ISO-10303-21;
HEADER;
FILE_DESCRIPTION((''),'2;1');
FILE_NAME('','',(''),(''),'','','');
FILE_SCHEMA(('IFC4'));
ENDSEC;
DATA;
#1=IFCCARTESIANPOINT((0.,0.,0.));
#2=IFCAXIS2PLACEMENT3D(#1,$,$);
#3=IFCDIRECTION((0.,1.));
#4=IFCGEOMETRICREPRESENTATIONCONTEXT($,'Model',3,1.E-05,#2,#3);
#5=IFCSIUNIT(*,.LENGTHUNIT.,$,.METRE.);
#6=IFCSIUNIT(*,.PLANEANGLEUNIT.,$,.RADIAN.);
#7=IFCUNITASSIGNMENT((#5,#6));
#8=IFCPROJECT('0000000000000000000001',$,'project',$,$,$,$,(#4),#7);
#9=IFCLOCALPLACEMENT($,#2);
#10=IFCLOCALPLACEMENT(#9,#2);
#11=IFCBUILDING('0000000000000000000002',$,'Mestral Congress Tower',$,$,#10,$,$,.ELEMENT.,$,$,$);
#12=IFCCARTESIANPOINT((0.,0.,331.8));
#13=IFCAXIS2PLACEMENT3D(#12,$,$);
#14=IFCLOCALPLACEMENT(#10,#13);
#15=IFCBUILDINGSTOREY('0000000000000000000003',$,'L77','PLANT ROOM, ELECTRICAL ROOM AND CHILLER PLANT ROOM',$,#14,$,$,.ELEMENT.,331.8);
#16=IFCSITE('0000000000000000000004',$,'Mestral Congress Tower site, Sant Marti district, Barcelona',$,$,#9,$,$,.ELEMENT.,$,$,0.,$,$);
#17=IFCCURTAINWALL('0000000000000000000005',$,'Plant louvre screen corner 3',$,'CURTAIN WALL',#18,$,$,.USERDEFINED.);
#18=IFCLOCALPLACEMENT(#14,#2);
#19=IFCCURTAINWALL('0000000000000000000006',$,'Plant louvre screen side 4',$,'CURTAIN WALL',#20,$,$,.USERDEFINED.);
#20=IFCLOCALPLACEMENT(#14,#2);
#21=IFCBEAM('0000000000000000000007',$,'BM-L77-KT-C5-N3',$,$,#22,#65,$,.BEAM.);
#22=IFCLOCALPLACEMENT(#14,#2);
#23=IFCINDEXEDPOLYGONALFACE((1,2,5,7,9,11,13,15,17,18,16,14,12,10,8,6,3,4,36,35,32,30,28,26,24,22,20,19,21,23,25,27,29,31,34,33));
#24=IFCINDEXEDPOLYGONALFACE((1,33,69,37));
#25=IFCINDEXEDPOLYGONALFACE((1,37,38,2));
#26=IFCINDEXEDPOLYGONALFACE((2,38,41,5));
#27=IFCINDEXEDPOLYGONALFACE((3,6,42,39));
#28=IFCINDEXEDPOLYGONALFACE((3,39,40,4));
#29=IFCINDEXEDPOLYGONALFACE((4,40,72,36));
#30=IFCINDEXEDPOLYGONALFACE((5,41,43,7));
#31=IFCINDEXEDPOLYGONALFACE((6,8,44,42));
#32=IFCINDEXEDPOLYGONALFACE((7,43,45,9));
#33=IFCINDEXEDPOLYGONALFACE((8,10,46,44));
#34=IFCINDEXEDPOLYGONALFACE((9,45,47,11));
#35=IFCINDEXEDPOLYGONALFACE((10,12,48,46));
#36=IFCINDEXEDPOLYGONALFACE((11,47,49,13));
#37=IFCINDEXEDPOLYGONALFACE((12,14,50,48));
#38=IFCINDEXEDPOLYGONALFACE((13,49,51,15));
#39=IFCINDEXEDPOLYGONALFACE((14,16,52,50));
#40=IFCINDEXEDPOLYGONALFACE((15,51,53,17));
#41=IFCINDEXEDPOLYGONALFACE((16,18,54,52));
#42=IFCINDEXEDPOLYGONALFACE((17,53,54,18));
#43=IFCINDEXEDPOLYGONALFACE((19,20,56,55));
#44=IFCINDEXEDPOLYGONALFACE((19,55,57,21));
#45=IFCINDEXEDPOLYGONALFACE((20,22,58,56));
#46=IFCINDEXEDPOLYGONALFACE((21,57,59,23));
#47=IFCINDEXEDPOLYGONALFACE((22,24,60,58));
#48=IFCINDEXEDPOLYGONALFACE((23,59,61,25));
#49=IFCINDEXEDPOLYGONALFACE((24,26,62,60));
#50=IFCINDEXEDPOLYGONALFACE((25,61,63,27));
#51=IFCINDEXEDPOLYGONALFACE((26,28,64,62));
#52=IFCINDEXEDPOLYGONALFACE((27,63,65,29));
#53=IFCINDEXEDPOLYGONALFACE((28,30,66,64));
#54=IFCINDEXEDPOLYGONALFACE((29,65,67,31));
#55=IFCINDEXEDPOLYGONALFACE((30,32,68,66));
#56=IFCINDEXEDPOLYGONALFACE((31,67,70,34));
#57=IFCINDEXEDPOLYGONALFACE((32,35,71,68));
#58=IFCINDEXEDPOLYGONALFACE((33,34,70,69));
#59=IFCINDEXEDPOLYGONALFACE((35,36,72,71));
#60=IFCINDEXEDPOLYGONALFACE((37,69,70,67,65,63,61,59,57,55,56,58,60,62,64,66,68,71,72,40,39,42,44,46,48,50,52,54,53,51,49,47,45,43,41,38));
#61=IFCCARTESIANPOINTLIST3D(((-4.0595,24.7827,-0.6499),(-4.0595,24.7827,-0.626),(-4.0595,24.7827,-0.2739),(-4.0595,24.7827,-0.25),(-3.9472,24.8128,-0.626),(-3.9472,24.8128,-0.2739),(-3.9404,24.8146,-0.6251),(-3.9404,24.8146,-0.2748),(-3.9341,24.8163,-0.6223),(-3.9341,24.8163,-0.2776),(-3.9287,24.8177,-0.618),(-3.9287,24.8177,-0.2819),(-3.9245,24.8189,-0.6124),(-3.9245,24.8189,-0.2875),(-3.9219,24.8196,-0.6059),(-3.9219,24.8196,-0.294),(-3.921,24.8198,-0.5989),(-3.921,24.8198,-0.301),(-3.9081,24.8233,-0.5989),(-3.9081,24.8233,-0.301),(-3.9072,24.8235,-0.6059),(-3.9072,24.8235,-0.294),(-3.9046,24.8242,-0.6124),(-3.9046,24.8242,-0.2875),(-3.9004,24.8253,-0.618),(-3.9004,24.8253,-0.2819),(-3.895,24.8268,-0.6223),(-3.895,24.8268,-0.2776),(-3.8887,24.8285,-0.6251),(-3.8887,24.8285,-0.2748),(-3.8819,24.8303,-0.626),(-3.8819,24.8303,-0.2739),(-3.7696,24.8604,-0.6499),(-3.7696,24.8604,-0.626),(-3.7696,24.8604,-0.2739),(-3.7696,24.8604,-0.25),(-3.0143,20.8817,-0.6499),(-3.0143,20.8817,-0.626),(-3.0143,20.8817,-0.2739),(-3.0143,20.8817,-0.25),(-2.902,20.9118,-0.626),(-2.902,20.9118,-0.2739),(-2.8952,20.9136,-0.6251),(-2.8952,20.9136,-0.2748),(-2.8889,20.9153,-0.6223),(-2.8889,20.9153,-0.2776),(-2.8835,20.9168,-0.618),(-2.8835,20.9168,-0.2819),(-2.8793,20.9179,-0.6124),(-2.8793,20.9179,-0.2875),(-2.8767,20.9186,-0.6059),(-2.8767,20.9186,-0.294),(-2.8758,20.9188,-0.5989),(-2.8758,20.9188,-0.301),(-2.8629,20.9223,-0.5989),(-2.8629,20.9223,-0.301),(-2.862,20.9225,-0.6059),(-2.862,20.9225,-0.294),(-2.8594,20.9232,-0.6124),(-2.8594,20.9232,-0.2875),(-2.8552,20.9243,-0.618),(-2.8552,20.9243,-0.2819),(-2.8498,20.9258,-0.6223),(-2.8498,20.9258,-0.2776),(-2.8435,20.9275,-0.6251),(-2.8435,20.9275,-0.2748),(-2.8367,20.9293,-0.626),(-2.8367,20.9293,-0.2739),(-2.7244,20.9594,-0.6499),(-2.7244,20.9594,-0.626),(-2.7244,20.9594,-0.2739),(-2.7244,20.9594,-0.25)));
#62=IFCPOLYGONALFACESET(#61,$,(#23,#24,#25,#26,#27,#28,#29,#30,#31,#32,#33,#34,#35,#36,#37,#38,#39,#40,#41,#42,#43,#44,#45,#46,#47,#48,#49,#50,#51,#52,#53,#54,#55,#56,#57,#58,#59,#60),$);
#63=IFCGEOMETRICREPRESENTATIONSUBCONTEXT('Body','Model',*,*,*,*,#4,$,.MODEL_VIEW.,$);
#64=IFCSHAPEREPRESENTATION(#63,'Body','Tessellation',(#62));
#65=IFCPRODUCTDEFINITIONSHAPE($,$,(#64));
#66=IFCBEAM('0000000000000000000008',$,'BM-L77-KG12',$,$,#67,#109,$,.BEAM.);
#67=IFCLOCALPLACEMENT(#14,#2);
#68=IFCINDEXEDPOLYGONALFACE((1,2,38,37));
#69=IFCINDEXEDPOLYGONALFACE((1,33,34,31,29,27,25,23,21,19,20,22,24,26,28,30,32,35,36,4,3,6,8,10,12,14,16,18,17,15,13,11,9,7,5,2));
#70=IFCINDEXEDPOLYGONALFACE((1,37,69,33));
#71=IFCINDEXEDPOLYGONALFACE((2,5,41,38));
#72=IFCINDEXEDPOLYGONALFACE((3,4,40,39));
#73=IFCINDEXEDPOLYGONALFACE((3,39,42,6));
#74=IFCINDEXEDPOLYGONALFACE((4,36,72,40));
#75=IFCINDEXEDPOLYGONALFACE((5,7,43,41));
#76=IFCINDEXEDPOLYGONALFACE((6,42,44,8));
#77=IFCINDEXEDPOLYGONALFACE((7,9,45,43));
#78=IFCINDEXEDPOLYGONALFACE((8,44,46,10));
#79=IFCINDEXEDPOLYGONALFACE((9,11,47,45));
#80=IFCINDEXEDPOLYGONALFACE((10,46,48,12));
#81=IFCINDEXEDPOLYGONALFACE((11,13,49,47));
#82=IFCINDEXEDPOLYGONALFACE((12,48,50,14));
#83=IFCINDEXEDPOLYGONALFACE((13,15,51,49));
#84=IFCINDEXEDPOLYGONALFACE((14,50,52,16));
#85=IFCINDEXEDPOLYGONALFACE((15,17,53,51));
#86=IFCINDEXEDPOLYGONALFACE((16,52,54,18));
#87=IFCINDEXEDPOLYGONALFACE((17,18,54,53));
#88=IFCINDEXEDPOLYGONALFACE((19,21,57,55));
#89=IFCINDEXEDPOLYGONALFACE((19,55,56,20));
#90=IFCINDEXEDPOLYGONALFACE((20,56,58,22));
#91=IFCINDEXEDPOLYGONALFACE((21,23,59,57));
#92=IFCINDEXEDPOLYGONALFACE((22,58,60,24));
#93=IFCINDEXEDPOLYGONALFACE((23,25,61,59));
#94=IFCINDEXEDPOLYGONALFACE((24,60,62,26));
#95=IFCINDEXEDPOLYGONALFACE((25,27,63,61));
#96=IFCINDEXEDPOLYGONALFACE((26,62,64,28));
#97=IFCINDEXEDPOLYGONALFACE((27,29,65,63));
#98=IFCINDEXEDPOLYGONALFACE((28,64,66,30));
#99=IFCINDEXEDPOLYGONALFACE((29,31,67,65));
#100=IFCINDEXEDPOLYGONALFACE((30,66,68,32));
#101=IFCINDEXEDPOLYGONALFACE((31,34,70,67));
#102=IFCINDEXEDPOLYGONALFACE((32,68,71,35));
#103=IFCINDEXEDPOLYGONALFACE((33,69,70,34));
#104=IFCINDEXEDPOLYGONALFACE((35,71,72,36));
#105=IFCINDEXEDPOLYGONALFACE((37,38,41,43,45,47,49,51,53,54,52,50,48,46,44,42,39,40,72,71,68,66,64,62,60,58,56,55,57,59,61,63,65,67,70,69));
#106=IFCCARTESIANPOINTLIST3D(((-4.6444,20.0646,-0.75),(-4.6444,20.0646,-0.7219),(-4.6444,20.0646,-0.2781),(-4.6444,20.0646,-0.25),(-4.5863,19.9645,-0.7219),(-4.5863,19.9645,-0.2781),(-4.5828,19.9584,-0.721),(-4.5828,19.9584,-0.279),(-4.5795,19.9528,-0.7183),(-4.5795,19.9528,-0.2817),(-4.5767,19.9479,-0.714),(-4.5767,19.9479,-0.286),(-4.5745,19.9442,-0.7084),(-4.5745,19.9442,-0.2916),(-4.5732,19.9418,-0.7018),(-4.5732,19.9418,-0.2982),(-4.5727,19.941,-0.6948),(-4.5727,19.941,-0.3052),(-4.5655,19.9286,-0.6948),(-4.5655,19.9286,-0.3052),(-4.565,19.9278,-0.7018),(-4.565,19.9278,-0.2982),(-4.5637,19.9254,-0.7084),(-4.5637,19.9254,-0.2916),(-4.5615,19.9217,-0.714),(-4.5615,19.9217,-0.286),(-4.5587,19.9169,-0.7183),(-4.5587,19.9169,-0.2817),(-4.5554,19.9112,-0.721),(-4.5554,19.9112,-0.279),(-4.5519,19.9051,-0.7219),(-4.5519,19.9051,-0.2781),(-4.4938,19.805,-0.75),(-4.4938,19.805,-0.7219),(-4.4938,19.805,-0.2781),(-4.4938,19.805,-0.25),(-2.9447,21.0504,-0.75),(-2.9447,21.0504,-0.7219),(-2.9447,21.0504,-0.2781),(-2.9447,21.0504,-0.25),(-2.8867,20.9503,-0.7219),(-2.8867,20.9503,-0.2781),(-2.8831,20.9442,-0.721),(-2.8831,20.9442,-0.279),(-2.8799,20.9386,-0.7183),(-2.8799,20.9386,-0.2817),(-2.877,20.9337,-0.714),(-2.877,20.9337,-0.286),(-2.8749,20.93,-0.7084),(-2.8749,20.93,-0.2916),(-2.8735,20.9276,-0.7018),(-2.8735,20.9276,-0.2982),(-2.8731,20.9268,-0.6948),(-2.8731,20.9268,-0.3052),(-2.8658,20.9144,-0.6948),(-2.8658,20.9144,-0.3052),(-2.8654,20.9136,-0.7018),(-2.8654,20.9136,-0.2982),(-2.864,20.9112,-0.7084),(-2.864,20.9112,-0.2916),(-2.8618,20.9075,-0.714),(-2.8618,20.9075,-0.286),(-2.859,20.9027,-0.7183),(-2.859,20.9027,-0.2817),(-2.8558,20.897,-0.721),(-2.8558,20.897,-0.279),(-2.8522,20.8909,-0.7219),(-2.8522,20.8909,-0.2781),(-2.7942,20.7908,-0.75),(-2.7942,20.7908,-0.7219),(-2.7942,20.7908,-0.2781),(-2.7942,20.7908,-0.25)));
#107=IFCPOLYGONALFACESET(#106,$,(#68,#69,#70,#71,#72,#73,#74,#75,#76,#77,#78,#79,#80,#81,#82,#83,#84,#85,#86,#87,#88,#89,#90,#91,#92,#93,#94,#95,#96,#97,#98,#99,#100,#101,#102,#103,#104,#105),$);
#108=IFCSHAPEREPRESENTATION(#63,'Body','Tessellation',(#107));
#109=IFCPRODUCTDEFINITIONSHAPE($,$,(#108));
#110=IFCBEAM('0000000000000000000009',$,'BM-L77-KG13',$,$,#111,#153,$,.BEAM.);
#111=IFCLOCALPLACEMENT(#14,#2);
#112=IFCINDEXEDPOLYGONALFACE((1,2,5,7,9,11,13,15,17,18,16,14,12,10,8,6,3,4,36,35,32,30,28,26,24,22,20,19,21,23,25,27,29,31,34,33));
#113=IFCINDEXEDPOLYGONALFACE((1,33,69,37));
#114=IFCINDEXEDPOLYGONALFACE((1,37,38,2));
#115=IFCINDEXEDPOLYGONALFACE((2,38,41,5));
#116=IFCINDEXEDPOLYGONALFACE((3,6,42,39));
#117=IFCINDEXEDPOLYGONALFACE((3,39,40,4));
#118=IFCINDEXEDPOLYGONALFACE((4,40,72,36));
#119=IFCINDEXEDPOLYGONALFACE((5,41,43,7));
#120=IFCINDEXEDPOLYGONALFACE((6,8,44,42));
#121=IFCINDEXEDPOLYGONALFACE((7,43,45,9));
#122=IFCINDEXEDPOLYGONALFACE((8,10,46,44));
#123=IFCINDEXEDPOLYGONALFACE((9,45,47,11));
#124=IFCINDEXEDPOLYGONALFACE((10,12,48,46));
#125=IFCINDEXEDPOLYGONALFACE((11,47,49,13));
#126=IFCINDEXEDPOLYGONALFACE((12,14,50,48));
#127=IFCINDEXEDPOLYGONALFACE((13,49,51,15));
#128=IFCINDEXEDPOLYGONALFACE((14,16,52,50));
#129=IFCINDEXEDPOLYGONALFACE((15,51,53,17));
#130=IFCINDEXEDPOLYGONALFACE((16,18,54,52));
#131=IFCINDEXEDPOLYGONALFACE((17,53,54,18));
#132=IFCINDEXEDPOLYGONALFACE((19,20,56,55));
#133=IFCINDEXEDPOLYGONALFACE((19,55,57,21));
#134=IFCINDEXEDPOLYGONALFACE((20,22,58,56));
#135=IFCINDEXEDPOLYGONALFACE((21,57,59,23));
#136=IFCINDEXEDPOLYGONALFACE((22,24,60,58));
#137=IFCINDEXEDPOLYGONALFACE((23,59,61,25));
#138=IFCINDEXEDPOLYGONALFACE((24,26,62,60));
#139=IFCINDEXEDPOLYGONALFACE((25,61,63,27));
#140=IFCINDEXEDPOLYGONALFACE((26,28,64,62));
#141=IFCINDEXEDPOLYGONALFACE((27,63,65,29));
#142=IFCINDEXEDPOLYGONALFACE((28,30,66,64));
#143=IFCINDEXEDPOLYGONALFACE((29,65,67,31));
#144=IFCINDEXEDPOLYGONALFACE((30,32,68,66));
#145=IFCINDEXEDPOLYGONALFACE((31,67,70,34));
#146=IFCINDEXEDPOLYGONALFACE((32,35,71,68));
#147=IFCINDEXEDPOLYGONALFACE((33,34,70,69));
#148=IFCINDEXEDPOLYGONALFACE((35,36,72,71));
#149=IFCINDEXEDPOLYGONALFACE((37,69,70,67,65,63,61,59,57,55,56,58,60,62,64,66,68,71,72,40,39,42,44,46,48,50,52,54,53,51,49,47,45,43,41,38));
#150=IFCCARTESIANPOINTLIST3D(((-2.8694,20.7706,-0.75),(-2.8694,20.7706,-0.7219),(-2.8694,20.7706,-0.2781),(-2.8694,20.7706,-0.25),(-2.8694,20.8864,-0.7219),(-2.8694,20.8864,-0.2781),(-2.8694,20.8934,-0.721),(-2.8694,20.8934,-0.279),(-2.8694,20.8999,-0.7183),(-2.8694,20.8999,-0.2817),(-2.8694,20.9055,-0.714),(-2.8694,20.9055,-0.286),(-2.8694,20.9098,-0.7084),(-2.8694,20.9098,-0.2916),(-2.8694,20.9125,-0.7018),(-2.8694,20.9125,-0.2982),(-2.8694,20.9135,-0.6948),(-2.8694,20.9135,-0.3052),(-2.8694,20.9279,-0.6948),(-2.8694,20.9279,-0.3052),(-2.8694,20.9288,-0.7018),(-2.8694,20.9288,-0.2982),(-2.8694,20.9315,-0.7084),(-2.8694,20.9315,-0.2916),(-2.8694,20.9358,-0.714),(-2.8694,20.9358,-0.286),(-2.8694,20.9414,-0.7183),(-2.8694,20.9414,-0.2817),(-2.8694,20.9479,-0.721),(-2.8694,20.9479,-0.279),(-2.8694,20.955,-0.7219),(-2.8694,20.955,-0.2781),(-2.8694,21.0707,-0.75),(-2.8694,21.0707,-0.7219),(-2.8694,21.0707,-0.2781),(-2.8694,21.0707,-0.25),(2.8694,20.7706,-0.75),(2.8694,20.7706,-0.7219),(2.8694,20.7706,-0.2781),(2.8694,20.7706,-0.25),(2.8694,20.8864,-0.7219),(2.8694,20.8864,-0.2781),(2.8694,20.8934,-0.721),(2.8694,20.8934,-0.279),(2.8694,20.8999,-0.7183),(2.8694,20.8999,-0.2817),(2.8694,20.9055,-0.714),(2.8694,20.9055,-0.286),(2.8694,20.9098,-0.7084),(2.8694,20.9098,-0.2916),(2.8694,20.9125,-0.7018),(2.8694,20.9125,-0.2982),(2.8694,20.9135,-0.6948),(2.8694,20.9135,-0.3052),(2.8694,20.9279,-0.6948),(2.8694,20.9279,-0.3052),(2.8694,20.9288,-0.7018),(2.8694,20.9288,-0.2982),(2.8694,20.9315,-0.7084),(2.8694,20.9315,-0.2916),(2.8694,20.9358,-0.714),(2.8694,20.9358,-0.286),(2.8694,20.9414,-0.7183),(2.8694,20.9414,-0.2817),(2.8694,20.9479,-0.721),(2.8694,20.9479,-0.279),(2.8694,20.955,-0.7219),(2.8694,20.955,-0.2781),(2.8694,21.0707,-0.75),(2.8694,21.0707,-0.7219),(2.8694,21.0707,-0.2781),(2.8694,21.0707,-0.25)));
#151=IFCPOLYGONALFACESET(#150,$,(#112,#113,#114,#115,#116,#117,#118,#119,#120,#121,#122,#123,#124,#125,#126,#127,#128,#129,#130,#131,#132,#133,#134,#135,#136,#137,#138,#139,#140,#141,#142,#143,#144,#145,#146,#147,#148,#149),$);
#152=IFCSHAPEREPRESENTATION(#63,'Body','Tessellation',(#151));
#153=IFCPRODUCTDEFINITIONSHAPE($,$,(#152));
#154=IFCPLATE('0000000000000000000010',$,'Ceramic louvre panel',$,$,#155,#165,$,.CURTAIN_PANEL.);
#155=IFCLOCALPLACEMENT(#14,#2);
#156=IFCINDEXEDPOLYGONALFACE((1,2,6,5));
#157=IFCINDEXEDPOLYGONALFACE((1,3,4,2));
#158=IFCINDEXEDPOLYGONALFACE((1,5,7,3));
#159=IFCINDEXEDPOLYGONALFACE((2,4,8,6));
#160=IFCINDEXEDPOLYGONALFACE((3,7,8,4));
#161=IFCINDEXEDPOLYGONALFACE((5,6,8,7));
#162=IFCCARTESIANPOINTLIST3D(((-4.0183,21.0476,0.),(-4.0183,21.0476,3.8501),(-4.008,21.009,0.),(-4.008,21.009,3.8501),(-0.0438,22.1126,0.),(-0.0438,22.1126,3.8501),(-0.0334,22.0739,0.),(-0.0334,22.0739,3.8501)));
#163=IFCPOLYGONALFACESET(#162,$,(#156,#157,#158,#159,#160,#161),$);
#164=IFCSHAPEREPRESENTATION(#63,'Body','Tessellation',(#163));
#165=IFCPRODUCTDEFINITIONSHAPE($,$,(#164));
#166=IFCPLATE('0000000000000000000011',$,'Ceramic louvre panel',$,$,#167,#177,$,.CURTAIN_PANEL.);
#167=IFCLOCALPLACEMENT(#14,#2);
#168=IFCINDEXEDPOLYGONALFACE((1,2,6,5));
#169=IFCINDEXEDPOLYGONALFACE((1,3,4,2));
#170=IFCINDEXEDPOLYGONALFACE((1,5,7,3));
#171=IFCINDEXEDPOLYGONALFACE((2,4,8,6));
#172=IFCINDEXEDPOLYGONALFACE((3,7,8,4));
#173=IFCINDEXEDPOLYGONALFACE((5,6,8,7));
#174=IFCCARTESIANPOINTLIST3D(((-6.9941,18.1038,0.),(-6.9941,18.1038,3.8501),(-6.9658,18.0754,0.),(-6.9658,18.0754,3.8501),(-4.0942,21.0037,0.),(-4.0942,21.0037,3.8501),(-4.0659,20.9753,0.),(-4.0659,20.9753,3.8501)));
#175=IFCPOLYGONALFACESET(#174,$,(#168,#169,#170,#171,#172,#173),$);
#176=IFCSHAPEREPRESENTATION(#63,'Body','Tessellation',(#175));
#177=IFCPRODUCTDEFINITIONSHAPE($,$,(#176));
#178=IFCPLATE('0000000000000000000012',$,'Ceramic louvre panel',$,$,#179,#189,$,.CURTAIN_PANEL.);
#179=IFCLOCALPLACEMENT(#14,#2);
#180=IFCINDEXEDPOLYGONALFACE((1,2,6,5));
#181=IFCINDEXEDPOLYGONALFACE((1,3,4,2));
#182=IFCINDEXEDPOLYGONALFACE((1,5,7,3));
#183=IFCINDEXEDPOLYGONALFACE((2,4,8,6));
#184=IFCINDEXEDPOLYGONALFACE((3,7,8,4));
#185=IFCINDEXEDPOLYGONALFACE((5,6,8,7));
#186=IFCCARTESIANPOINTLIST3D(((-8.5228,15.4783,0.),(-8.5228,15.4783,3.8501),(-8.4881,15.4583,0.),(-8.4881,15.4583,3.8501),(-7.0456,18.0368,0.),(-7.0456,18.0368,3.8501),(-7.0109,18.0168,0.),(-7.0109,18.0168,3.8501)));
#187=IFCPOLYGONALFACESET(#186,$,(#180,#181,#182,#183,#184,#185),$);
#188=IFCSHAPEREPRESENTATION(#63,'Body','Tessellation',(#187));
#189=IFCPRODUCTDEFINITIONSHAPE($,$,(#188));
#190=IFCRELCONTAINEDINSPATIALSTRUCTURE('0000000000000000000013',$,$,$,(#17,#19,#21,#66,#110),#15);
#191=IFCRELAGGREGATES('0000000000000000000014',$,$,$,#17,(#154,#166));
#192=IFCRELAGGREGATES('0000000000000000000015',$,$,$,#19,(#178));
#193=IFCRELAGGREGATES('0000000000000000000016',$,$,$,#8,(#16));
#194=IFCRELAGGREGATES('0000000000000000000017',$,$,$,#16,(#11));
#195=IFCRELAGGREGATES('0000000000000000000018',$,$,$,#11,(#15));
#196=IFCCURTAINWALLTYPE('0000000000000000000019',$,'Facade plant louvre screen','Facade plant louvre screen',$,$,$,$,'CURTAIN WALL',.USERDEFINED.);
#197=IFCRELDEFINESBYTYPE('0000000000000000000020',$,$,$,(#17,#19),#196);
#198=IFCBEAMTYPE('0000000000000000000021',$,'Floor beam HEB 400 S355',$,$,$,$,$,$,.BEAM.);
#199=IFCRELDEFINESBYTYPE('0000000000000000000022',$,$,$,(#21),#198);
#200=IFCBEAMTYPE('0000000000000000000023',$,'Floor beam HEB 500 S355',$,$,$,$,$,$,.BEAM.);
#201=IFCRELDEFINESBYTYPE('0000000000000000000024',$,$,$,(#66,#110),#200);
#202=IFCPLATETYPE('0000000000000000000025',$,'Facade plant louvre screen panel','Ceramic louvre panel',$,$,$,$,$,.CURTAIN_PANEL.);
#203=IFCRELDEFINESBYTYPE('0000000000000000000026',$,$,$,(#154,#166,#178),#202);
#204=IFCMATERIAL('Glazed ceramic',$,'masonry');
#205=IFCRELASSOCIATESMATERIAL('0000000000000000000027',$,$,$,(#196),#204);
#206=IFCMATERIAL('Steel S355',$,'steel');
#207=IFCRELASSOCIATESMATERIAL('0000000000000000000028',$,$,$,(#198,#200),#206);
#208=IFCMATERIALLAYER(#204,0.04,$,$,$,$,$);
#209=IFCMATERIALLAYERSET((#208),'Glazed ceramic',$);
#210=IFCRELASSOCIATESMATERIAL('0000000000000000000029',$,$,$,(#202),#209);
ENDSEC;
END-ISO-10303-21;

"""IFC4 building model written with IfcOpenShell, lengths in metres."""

from ifc_helpers import new_model, si_unit, direction, frame, origin, origin_2d, place, context, subcontext, project, spatial, rectangle, i_section, extrude, material, layer, layer_set, material_profile, profile_set, type_object, element, aggregate, save


model = new_model("IFC4")

# Units and contexts
model_context = context("Model", 3, precision=1e-05, world=origin(), true_north=direction((0.0, 1.0)))
body_context = subcontext(model_context, "Body", "Model", "MODEL_VIEW")
ifc_project = project(units=[si_unit("LENGTHUNIT", "METRE"), si_unit("PLANEANGLEUNIT", "RADIAN")], contexts=[model_context])

# Site, building, storey
site_placement = place(None, origin())
site = spatial("IfcSite", under=ifc_project, at=site_placement, Name="Mestral Congress Tower site, Sant Marti district, Barcelona", CompositionType="ELEMENT", RefElevation=0.0)
building_placement = place(site_placement, origin())
building = spatial("IfcBuilding", under=site, at=building_placement, Name="Mestral Congress Tower", CompositionType="ELEMENT")
storey_placement = place(building_placement, frame((0.0, 0.0, 331.8)))
storey = spatial("IfcBuildingStorey", under=building, at=storey_placement, Name="L77", Description="PLANT ROOM, ELECTRICAL ROOM AND CHILLER PLANT ROOM", CompositionType="ELEMENT", Elevation=331.8)

# Shared definitions
ifc_material_1 = material(Name="Steel S355", Category="steel")

# Curtain wall
ifc_material_2 = material(Name="Glazed ceramic", Category="masonry")
curtain_wall_type = type_object("IfcCurtainWallType", Name="Facade plant louvre screen", Description="Facade plant louvre screen", ElementType="CURTAIN WALL", PredefinedType="USERDEFINED", material=ifc_material_2)
placement = place(storey_placement, origin())
curtain_wall_1 = element("IfcCurtainWall", 1, at=placement, inside=storey, type_object=curtain_wall_type, Name="Plant louvre screen corner 3", ObjectType="CURTAIN WALL", PredefinedType="USERDEFINED")

# Curtain wall
curtain_wall_2 = element("IfcCurtainWall", 2, at=placement, inside=storey, type_object=curtain_wall_type, Name="Plant louvre screen side 4", ObjectType="CURTAIN WALL", PredefinedType="USERDEFINED")

# Beams
ifc_material_profile_1 = material_profile(ifc_material_1, i_section(OverallWidth=0.3, OverallDepth=0.3999, WebThickness=0.0134, FlangeThickness=0.0239, FilletRadius=0.0271, at=origin_2d()), Name="HEB 400")
ifc_profile_set_1 = profile_set([ifc_material_profile_1], Name="Steel S355")
beam_type_1 = type_object("IfcBeamType", Name="Floor beam HEB 400 S355", PredefinedType="BEAM", material=ifc_profile_set_1)
beam_1_placement = place(storey_placement, frame((-3.9146, 24.8215, -0.45), z_axis=(0.258803, -0.96593, 0.0), x_axis=(0.96593, 0.258803, 0.0)))
element("IfcBeam", 3, at=beam_1_placement, inside=storey, type_object=beam_type_1, Name="BM-L77-KT-C5-N3", PredefinedType="BEAM", context=body_context, shape_type="SweptSolid", body=[
    extrude(i_section(OverallWidth=0.3, OverallDepth=0.3999, WebThickness=0.0134, FlangeThickness=0.0239, FilletRadius=0.0271, at=origin_2d()), origin(), (0.0, 0.0, 1.0), 4.0386),
])
ifc_material_profile_2 = material_profile(ifc_material_1, i_section(OverallWidth=0.3, OverallDepth=0.5, WebThickness=0.0144, FlangeThickness=0.0281, FilletRadius=0.0271, at=origin_2d()), Name="HEB 500")
ifc_profile_set_2 = profile_set([ifc_material_profile_2], Name="Steel S355")
beam_type_2 = type_object("IfcBeamType", Name="Floor beam HEB 500 S355", PredefinedType="BEAM", material=ifc_profile_set_2)
beam_2_placement = place(storey_placement, frame((-4.5691, 19.9348, -0.5), z_axis=(0.865029, 0.501722, 0.0), x_axis=(-0.501722, 0.865029, 0.0)))
element("IfcBeam", 4, at=beam_2_placement, inside=storey, type_object=beam_type_2, Name="BM-L77-KG12", PredefinedType="BEAM", context=body_context, shape_type="SweptSolid", body=[
    extrude(i_section(OverallWidth=0.3, OverallDepth=0.5, WebThickness=0.0144, FlangeThickness=0.0281, FilletRadius=0.0271, at=origin_2d()), origin(), (0.0, 0.0, 1.0), 1.9648),
])
beam_3_placement = place(storey_placement, frame((-2.8694, 20.9207, -0.5), z_axis=(1.0, 0.0, 0.0), x_axis=(0.0, 1.0, 0.0)))
element("IfcBeam", 5, at=beam_3_placement, inside=storey, type_object=beam_type_2, Name="BM-L77-KG13", PredefinedType="BEAM", context=body_context, shape_type="SweptSolid", body=[
    extrude(i_section(OverallWidth=0.3, OverallDepth=0.5, WebThickness=0.0144, FlangeThickness=0.0281, FilletRadius=0.0271, at=origin_2d()), origin(), (0.0, 0.0, 1.0), 5.7388),
])

# Plates
ifc_layer_1 = layer(ifc_material_2, 0.04)
ifc_layer_set_1 = layer_set([ifc_layer_1], Name="Glazed ceramic")
plate_type = type_object("IfcPlateType", Name="Facade plant louvre screen panel", Description="Ceramic louvre panel", PredefinedType="CURTAIN_PANEL", material=ifc_layer_set_1)
plate_1_placement = place(storey_placement, frame((-2.0259, 21.5608, 0.0), z_axis=(0.0, 0.0, 1.0), x_axis=(-0.965926, -0.258819, 0.0)))
plate_1 = element("IfcPlate", 6, at=plate_1_placement, type_object=plate_type, Name="Ceramic louvre panel", PredefinedType="CURTAIN_PANEL", context=body_context, shape_type="SweptSolid", body=[
    extrude(rectangle(XDim=4.1147, YDim=0.04, at=origin_2d()), origin(), (0.0, 0.0, 1.0), 3.8501),
])
plate_2_placement = place(storey_placement, frame((-5.53, 19.5396, 0.0), z_axis=(0.0, 0.0, 1.0), x_axis=(-0.707107, -0.707107, 0.0)))
plate_2 = element("IfcPlate", 7, at=plate_2_placement, type_object=plate_type, Name="Ceramic louvre panel", PredefinedType="CURTAIN_PANEL", context=body_context, shape_type="SweptSolid", body=[
    extrude(rectangle(XDim=4.1011, YDim=0.04, at=origin_2d()), origin(), (0.0, 0.0, 1.0), 3.8501),
])
aggregate(curtain_wall_1, [plate_1, plate_2])
plate_3_placement = place(storey_placement, frame((-7.7668, 16.7476, 0.0), z_axis=(0.0, 0.0, 1.0), x_axis=(-0.500002, -0.866025, 0.0)))
plate_3 = element("IfcPlate", 8, at=plate_3_placement, type_object=plate_type, Name="Ceramic louvre panel", PredefinedType="CURTAIN_PANEL", context=body_context, shape_type="SweptSolid", body=[
    extrude(rectangle(XDim=2.9543, YDim=0.04, at=origin_2d()), origin(), (0.0, 0.0, 1.0), 3.8501),
])
aggregate(curtain_wall_2, [plate_3])

save(model, "model.ifc")
